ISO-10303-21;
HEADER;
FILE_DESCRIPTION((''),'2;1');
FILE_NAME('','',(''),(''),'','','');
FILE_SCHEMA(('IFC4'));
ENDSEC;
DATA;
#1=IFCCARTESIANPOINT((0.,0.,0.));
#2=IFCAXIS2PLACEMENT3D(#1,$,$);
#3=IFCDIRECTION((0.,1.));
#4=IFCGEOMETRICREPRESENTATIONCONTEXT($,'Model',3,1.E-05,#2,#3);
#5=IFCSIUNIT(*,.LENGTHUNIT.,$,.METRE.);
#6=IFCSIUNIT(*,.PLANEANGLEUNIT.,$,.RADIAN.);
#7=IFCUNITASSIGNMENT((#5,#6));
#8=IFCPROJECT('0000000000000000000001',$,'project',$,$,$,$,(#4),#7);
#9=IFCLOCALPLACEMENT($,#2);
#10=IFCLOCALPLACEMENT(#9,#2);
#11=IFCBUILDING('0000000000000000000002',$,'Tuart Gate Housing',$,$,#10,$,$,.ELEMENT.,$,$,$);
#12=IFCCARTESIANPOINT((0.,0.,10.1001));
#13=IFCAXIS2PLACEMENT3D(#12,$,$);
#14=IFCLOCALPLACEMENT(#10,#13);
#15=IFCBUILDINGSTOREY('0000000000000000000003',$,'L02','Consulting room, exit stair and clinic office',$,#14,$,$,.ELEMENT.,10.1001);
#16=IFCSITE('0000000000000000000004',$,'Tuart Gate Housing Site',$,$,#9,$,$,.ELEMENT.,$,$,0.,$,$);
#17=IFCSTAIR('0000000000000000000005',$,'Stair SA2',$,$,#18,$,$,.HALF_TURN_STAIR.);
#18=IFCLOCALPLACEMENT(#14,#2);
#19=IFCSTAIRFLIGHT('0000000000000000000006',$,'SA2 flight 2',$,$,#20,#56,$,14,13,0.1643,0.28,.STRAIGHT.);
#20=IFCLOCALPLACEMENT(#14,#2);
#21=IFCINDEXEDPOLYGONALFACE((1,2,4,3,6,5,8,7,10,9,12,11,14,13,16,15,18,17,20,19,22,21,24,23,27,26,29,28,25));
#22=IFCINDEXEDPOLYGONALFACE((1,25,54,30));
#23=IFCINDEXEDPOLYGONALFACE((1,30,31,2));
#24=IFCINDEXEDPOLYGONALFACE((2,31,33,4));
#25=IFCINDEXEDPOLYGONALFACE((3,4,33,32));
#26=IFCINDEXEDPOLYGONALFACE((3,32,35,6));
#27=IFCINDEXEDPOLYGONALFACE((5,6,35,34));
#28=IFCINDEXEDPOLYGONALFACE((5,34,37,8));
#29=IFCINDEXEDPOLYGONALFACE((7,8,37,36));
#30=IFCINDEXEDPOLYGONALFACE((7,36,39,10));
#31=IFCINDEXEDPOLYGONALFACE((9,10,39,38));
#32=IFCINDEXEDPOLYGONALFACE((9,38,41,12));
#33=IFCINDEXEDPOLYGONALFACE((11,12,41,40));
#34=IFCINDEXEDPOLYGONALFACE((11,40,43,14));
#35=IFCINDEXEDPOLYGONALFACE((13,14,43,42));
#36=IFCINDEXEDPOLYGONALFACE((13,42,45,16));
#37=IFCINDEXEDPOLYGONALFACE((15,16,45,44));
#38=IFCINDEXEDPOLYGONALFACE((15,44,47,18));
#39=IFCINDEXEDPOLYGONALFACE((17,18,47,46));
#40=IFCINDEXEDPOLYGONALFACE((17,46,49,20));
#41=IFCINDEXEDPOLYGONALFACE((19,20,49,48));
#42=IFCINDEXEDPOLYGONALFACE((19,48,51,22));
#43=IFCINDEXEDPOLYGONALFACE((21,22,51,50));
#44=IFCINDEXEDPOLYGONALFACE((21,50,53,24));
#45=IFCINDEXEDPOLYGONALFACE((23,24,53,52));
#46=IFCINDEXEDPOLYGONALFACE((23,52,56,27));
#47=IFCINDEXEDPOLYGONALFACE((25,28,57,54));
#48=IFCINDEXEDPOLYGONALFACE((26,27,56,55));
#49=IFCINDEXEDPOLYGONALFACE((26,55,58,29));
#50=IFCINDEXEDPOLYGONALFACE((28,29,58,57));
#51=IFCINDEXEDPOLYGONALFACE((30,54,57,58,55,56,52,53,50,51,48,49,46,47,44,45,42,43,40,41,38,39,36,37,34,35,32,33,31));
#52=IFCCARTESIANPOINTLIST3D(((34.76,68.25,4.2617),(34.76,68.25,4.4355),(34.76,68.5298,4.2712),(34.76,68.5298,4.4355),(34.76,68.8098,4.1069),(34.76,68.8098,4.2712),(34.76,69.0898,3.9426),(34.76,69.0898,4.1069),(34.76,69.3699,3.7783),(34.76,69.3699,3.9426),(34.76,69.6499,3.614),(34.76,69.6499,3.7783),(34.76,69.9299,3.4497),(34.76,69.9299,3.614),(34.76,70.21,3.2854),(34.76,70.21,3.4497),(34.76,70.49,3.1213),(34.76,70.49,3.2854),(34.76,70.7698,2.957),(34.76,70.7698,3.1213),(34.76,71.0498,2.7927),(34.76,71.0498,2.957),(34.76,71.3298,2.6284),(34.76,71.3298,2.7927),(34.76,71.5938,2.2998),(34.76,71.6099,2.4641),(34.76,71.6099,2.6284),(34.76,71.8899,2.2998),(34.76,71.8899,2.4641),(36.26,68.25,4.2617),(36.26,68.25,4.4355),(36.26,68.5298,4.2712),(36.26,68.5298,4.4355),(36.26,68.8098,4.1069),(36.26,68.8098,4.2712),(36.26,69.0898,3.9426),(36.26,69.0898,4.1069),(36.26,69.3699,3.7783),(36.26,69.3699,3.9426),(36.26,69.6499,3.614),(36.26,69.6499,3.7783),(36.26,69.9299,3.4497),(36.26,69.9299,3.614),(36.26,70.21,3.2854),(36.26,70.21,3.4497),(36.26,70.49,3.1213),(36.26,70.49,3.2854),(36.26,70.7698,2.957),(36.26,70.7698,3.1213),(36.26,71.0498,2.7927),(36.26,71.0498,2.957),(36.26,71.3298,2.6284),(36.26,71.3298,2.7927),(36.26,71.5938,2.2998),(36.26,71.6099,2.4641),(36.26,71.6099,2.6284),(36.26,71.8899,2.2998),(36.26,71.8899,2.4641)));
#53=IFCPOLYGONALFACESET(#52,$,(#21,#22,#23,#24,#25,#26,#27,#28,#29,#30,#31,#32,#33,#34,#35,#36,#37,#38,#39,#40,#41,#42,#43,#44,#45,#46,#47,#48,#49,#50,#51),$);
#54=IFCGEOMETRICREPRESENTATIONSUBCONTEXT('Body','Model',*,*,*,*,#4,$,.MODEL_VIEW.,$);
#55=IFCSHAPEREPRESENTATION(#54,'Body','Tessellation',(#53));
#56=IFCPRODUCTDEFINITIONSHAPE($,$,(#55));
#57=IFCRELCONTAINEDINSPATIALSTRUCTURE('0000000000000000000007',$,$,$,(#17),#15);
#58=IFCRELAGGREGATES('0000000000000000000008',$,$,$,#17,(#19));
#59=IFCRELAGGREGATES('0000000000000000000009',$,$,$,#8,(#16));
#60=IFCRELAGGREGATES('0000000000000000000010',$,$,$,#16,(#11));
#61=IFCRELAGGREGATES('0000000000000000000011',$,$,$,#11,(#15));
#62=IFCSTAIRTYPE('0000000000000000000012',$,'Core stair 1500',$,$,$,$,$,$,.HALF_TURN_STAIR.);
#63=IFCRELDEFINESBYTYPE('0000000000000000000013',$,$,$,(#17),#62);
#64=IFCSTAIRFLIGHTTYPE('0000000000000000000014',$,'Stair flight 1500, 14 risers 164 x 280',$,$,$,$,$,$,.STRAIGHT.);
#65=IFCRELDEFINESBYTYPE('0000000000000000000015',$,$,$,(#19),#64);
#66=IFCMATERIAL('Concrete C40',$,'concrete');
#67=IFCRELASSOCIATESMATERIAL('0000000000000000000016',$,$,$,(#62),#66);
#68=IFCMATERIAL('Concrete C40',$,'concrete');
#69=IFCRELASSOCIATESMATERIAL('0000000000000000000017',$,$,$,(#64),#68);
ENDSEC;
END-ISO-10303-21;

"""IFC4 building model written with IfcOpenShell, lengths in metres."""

from ifc_helpers import new_model, si_unit, direction, frame, origin, place, context, subcontext, project, spatial, polyline, outline, extrude, material, type_object, element, aggregate, save


model = new_model("IFC4")

# Units and contexts
model_context = context("Model", 3, precision=1e-05, world=origin(), true_north=direction((0.0, 1.0)))
body_context = subcontext(model_context, "Body", "Model", "MODEL_VIEW")
ifc_project = project(units=[si_unit("LENGTHUNIT", "METRE"), si_unit("PLANEANGLEUNIT", "RADIAN")], contexts=[model_context])

# Site, building, storey
site_placement = place(None, origin())
site = spatial("IfcSite", under=ifc_project, at=site_placement, Name="Tuart Gate Housing Site", CompositionType="ELEMENT", RefElevation=0.0)
building_placement = place(site_placement, origin())
building = spatial("IfcBuilding", under=site, at=building_placement, Name="Tuart Gate Housing", CompositionType="ELEMENT")
storey_placement = place(building_placement, frame((0.0, 0.0, 10.1001)))
storey = spatial("IfcBuildingStorey", under=building, at=storey_placement, Name="L02", Description="Consulting room, exit stair and clinic office", CompositionType="ELEMENT", Elevation=10.1001)

# Stair, stair flight
ifc_material_1 = material(Name="Concrete C40", Category="concrete")
stair_type = type_object("IfcStairType", Name="Core stair 1500", PredefinedType="HALF_TURN_STAIR", material=ifc_material_1)
stair_placement = place(storey_placement, origin())
stair = element("IfcStair", 1, at=stair_placement, inside=storey, type_object=stair_type, Name="Stair SA2", PredefinedType="HALF_TURN_STAIR")
ifc_material_2 = material(Name="Concrete C40", Category="concrete")
stair_flight_type = type_object("IfcStairFlightType", Name="Stair flight 1500, 14 risers 164 x 280", PredefinedType="STRAIGHT", material=ifc_material_2)
stair_flight_1_placement = place(storey_placement, frame((35.51, 71.8899, 2.2998), z_axis=(0.0, 0.0, 1.0), x_axis=(0.0, -1.0, 0.0)))
stair_flight_1 = element("IfcStairFlight", 2, at=stair_flight_1_placement, type_object=stair_flight_type, Name="SA2 flight 2", NumberOfRisers=14, NumberOfTreads=13, PredefinedType="STRAIGHT", RiserHeight=0.1643, TreadLength=0.28, context=body_context, shape_type="SweptSolid", body=[
    extrude(outline(polyline([(0.0, 0.0), (0.0, 0.1643), (0.28, 0.1643), (0.28, 0.3286), (0.5601, 0.3286), (0.5601, 0.4929), (0.8401, 0.4929), (0.8401, 0.6572), (1.1201, 0.6572), (1.1201, 0.8215), (1.3999, 0.8215), (1.3999, 0.9856), (1.6799, 0.9856), (1.6799, 1.1499), (1.96, 1.1499), (1.96, 1.3142), (2.24, 1.3142), (2.24, 1.4785), (2.52, 1.4785), (2.52, 1.6428), (2.8, 1.6428), (2.8, 1.8071), (3.0801, 1.8071), (3.0801, 1.9714), (3.3601, 1.9714), (3.3601, 2.1357), (3.6399, 2.1357), (3.6399, 2.3), (3.6399, 1.9619), (0.2961, 0.0), (0.0, 0.0)])), frame((0.0, 0.75, 0.0), z_axis=(0.0, -1.0, 0.0), x_axis=(1.0, 0.0, 0.0)), (0.0, 0.0, 1.0), 1.5),
])
aggregate(stair, [stair_flight_1])

save(model, "model.ifc")
